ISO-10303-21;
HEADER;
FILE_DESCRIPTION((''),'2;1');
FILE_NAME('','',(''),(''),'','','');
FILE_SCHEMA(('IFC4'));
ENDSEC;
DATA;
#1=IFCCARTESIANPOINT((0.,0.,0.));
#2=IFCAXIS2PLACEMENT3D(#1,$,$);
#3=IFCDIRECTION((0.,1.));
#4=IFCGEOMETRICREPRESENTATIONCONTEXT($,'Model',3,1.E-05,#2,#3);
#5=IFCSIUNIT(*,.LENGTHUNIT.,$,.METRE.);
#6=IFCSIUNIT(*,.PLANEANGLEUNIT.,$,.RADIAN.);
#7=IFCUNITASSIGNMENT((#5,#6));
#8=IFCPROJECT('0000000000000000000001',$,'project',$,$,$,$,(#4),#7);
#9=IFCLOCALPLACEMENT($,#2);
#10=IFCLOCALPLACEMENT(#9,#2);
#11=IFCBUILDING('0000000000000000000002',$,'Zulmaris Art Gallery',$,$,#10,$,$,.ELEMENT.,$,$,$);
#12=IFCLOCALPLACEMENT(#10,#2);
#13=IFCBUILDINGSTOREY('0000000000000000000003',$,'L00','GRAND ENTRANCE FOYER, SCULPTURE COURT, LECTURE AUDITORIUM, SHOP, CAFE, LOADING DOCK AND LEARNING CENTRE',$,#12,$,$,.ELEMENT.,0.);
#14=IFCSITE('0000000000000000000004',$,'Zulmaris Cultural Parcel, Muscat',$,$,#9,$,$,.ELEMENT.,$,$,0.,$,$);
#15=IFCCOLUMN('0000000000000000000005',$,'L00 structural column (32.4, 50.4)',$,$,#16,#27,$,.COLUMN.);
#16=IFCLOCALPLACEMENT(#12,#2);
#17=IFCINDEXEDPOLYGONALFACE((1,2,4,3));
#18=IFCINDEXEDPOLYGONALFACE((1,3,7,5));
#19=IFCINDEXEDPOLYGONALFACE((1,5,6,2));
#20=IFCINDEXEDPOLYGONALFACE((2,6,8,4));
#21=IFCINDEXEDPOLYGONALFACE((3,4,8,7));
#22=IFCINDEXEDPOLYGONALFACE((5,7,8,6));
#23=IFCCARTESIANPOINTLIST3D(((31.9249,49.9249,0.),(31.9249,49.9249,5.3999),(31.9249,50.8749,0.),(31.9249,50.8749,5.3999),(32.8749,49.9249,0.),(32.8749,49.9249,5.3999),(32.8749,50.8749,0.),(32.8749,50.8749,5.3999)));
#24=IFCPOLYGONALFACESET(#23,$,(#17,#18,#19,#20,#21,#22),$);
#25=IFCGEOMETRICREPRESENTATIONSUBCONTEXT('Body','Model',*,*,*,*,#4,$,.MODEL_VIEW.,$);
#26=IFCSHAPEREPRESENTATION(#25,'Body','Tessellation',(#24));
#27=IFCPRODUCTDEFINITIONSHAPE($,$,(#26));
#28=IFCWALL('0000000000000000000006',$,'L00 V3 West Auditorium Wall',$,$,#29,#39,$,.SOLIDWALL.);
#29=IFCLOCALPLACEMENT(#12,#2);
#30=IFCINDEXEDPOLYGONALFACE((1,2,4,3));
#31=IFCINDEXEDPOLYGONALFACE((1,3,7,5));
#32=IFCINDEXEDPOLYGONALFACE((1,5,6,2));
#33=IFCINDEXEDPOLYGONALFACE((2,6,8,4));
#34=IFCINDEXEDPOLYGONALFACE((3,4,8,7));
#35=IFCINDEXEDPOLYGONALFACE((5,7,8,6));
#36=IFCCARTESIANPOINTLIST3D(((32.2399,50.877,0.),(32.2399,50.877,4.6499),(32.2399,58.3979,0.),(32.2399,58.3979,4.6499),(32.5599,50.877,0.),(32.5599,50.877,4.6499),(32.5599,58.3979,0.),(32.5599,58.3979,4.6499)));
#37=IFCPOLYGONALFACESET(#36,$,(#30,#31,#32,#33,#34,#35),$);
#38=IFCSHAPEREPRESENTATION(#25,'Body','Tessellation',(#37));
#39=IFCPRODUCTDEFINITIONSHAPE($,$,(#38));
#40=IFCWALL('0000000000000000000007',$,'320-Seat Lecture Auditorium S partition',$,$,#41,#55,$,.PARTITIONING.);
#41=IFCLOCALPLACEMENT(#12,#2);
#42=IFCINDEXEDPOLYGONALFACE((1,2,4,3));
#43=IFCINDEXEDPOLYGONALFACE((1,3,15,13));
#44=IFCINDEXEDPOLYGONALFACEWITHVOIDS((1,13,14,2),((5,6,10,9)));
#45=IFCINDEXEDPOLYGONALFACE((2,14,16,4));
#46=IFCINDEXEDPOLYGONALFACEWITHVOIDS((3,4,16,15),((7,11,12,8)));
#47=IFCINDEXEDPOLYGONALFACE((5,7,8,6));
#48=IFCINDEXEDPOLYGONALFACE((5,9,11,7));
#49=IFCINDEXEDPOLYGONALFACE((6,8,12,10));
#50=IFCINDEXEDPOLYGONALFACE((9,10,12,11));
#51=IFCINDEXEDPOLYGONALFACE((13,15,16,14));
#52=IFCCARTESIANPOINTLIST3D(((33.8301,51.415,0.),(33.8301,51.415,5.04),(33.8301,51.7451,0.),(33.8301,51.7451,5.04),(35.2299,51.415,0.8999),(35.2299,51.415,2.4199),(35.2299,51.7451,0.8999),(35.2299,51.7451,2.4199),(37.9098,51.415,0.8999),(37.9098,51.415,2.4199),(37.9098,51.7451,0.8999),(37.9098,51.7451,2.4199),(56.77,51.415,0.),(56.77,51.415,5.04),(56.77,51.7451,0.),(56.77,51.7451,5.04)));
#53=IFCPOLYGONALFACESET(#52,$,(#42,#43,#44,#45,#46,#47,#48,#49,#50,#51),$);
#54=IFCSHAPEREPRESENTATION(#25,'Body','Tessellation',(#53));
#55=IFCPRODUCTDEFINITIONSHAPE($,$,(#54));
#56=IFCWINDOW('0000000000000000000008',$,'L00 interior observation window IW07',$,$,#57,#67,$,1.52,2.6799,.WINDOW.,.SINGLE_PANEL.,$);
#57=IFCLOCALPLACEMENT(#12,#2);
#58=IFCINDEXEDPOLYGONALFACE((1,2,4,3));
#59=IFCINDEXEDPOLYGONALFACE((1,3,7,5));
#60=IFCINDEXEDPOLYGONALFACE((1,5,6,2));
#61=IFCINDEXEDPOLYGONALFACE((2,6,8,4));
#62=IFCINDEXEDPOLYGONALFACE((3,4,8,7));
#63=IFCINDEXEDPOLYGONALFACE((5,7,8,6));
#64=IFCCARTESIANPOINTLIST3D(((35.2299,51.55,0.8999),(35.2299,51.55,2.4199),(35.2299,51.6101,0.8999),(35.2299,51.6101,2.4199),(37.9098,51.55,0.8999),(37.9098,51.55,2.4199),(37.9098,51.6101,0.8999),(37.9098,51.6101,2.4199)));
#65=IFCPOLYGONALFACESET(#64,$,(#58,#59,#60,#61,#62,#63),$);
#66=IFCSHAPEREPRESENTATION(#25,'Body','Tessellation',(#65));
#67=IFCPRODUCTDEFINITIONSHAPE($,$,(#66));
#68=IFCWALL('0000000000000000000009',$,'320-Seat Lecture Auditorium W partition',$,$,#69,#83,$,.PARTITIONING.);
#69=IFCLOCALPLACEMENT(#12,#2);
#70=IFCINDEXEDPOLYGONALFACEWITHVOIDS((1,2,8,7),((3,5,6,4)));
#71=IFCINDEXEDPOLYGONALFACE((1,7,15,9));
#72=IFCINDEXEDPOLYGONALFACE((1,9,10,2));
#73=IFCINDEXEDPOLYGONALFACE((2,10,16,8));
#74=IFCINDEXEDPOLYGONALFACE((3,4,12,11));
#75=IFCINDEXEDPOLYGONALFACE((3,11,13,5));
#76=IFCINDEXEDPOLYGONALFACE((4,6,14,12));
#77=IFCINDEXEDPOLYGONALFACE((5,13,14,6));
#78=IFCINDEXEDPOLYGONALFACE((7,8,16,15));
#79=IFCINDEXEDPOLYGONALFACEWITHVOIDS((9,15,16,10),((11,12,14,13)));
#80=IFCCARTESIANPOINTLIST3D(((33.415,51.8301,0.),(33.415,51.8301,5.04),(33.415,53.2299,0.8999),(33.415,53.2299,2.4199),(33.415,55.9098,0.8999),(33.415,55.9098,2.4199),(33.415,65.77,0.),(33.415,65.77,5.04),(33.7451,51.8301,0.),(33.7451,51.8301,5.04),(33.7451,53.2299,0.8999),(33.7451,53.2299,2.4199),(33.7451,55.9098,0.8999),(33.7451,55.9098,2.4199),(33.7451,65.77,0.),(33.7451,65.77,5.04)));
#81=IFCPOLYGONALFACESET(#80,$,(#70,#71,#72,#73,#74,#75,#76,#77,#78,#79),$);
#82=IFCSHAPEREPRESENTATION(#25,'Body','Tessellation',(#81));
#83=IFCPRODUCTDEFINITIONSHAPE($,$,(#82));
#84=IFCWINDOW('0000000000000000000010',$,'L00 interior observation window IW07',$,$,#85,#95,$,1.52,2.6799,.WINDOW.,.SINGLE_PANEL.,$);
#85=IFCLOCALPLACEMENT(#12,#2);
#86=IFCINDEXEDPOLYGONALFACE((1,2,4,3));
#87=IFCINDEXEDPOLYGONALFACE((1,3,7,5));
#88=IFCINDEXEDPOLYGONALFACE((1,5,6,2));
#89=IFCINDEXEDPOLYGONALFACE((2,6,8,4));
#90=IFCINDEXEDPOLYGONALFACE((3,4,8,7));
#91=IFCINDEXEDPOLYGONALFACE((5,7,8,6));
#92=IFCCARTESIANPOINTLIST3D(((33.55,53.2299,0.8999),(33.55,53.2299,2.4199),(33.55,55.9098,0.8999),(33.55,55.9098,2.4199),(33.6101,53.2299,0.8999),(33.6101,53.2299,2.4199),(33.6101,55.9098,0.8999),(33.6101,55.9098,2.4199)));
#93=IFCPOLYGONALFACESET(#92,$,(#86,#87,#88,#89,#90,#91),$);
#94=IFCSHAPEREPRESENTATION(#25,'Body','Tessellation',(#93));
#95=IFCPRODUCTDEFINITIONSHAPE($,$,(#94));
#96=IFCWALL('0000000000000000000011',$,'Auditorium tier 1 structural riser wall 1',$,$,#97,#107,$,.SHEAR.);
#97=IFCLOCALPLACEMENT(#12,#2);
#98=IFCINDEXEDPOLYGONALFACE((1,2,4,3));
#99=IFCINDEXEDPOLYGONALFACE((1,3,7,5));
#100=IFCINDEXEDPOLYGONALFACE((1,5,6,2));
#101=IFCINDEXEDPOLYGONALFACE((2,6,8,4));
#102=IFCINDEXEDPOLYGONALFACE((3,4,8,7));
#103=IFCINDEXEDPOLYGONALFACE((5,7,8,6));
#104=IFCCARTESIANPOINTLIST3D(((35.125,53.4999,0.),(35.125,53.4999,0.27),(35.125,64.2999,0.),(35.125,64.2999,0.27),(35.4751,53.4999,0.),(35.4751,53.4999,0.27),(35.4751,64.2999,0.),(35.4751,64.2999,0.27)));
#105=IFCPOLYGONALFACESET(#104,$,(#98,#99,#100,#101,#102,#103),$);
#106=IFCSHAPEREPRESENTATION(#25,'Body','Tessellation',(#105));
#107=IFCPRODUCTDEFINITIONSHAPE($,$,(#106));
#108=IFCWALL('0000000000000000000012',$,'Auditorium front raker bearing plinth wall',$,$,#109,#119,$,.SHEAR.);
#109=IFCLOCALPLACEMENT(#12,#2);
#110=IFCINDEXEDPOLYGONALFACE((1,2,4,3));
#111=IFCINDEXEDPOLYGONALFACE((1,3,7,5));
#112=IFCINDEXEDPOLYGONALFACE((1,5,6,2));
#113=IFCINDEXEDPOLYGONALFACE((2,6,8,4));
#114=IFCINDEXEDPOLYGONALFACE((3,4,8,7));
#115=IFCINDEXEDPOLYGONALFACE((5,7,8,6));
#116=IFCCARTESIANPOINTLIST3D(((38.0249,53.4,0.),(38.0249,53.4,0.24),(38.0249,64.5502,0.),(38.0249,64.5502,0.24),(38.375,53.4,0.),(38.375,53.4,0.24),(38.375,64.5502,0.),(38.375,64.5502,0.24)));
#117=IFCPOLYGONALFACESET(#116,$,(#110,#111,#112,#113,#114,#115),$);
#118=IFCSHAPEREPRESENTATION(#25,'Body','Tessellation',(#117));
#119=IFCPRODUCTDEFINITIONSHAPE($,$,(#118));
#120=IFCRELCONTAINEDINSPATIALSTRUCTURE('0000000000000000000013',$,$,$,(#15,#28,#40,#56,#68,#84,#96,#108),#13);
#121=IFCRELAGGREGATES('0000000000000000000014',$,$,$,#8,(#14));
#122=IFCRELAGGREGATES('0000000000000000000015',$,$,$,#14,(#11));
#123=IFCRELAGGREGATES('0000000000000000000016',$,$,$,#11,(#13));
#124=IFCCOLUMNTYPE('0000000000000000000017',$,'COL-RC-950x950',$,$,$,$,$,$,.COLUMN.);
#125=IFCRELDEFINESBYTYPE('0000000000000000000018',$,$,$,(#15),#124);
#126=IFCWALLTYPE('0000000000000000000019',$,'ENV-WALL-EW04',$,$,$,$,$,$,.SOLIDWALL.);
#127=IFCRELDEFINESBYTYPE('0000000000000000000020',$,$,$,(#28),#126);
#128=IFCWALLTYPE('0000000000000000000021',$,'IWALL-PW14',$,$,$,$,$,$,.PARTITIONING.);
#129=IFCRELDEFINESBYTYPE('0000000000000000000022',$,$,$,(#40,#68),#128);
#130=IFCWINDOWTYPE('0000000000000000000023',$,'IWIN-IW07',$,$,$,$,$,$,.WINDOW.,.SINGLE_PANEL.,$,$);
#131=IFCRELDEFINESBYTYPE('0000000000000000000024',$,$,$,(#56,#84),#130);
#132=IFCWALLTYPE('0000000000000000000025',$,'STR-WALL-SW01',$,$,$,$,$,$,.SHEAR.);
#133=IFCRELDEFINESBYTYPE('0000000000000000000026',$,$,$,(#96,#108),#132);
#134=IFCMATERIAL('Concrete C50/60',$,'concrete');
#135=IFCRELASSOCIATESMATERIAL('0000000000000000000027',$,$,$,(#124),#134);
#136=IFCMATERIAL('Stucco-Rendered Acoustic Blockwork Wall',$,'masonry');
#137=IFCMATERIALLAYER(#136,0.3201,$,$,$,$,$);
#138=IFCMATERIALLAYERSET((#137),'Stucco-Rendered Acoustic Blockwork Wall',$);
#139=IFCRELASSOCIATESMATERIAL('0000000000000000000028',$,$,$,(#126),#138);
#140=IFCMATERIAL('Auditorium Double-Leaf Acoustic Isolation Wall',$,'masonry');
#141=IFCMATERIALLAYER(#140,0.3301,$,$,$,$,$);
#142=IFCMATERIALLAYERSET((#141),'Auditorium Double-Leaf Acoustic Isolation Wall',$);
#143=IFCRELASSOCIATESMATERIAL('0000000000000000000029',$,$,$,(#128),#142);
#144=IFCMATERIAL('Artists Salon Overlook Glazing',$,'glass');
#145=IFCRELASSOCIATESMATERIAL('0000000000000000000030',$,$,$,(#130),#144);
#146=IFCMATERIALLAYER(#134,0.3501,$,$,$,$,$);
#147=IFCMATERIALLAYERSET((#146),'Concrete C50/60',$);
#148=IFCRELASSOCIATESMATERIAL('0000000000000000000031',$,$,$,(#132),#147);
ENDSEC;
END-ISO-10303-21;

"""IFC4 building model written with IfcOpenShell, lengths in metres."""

from ifc_helpers import new_model, si_unit, direction, frame, frame_2d, origin, origin_2d, place, context, subcontext, project, spatial, rectangle, extrude, material, layer, layer_set, material_profile, profile_set, type_object, element, fill, save


model = new_model("IFC4")

# Units and contexts
model_context = context("Model", 3, precision=1e-05, world=origin(), true_north=direction((0.0, 1.0)))
body_context = subcontext(model_context, "Body", "Model", "MODEL_VIEW")
ifc_project = project(units=[si_unit("LENGTHUNIT", "METRE"), si_unit("PLANEANGLEUNIT", "RADIAN")], contexts=[model_context])

# Site, building, storey
site_placement = place(None, origin())
site = spatial("IfcSite", under=ifc_project, at=site_placement, Name="Zulmaris Cultural Parcel, Muscat", CompositionType="ELEMENT", RefElevation=0.0)
building_placement = place(site_placement, origin())
building = spatial("IfcBuilding", under=site, at=building_placement, Name="Zulmaris Art Gallery", CompositionType="ELEMENT")
storey_placement = place(building_placement, origin())
storey = spatial("IfcBuildingStorey", under=building, at=storey_placement, Name="L00", Description="GRAND ENTRANCE FOYER, SCULPTURE COURT, LECTURE AUDITORIUM, SHOP, CAFE, LOADING DOCK AND LEARNING CENTRE", CompositionType="ELEMENT", Elevation=0.0)

# Column
ifc_material_1 = material(Name="Concrete C50/60", Category="concrete")
ifc_material_profile_1 = material_profile(ifc_material_1, rectangle(XDim=0.95, YDim=0.95, at=origin_2d()), Name="RC 950x950")
ifc_profile_set_1 = profile_set([ifc_material_profile_1], Name="Concrete C50/60")
column_type_1 = type_object("IfcColumnType", Name="COL-RC-950x950", PredefinedType="COLUMN", material=ifc_profile_set_1)
column_placement = place(storey_placement, frame((32.3999, 50.3999, 0.0), z_axis=(0.0, 0.0, 1.0), x_axis=(1.0, 0.0, 0.0)))
element("IfcColumn", 1, at=column_placement, inside=storey, type_object=column_type_1, Name="L00 structural column (32.4, 50.4)", PredefinedType="COLUMN", context=body_context, shape_type="SweptSolid", body=[
    extrude(rectangle(XDim=0.95, YDim=0.95, at=origin_2d()), origin(), (0.0, 0.0, 1.0), 5.3999),
])

# Wall
ifc_material_2 = material(Name="Stucco-Rendered Acoustic Blockwork Wall", Category="masonry")
ifc_layer_1 = layer(ifc_material_2, 0.3201)
ifc_layer_set_1 = layer_set([ifc_layer_1], Name="Stucco-Rendered Acoustic Blockwork Wall")
wall_type_1 = type_object("IfcWallType", Name="ENV-WALL-EW04", PredefinedType="SOLIDWALL", material=ifc_layer_set_1)
wall_1_placement = place(storey_placement, frame((32.3999, 50.877, 0.0), z_axis=(0.0, 0.0, 1.0), x_axis=(0.0, 1.0, 0.0)))
element("IfcWall", 2, at=wall_1_placement, inside=storey, type_object=wall_type_1, Name="L00 V3 West Auditorium Wall", PredefinedType="SOLIDWALL", context=body_context, shape_type="SweptSolid", body=[
    extrude(rectangle(XDim=7.521, YDim=0.3201, at=frame_2d((3.7605, 0.0))), origin(), (0.0, 0.0, 1.0), 4.6499),
])

# Walls, openings, windows
ifc_material_3 = material(Name="Auditorium Double-Leaf Acoustic Isolation Wall", Category="masonry")
ifc_layer_2 = layer(ifc_material_3, 0.3301)
ifc_layer_set_2 = layer_set([ifc_layer_2], Name="Auditorium Double-Leaf Acoustic Isolation Wall")
wall_type_2 = type_object("IfcWallType", Name="IWALL-PW14", PredefinedType="PARTITIONING", material=ifc_layer_set_2)
wall_2_placement = place(storey_placement, frame((33.8301, 51.5801, 0.0), z_axis=(0.0, 0.0, 1.0), x_axis=(1.0, 0.0, 0.0)))
wall_2 = element("IfcWall", 3, at=wall_2_placement, inside=storey, type_object=wall_type_2, Name="320-Seat Lecture Auditorium S partition", PredefinedType="PARTITIONING", context=body_context, shape_type="SweptSolid", body=[
    extrude(rectangle(XDim=22.9399, YDim=0.3301, at=frame_2d((11.47, 0.0))), origin(), (0.0, 0.0, 1.0), 5.04),
])
opening_1_placement = place(wall_2_placement, frame((1.3999, 0.0, 0.8999)))
opening_1 = element("IfcOpeningElement", 4, at=opening_1_placement, cuts=wall_2, PredefinedType="OPENING", context=body_context, shape_type="SweptSolid", body=[
    extrude(rectangle(XDim=2.6799, YDim=1.52, at=frame_2d((1.3398, 0.76))), frame((0.0, 0.175, 0.0), z_axis=(0.0, -1.0, 0.0), x_axis=(1.0, 0.0, 0.0)), (0.0, 0.0, 1.0), 0.3501),
])
ifc_material_4 = material(Name="Artists Salon Overlook Glazing", Category="glass")
window_type = type_object("IfcWindowType", Name="IWIN-IW07", PartitioningType="SINGLE_PANEL", PredefinedType="WINDOW", material=ifc_material_4)
window_1_placement = place(opening_1_placement, origin())
window_1 = element("IfcWindow", 5, at=window_1_placement, inside=storey, type_object=window_type, Name="L00 interior observation window IW07", OverallHeight=1.52, OverallWidth=2.6799, PartitioningType="SINGLE_PANEL", PredefinedType="WINDOW", context=body_context, shape_type="SweptSolid", body=[
    extrude(rectangle(XDim=2.6799, YDim=1.52, at=frame_2d((1.3398, 0.76))), frame((0.0, 0.03, 0.0), z_axis=(0.0, -1.0, 0.0), x_axis=(1.0, 0.0, 0.0)), (0.0, 0.0, 1.0), 0.0601),
])
fill(opening_1, window_1)
wall_3_placement = place(storey_placement, frame((33.5801, 51.8301, 0.0), z_axis=(0.0, 0.0, 1.0), x_axis=(0.0, 1.0, 0.0)))
wall_3 = element("IfcWall", 6, at=wall_3_placement, inside=storey, type_object=wall_type_2, Name="320-Seat Lecture Auditorium W partition", PredefinedType="PARTITIONING", context=body_context, shape_type="SweptSolid", body=[
    extrude(rectangle(XDim=13.9399, YDim=0.3301, at=frame_2d((6.97, 0.0))), origin(), (0.0, 0.0, 1.0), 5.04),
])
opening_2_placement = place(wall_3_placement, frame((1.3999, 0.0, 0.8999)))
opening_2 = element("IfcOpeningElement", 7, at=opening_2_placement, cuts=wall_3, PredefinedType="OPENING", context=body_context, shape_type="SweptSolid", body=[
    extrude(rectangle(XDim=2.6799, YDim=1.52, at=frame_2d((1.3398, 0.76))), frame((0.0, 0.175, 0.0), z_axis=(0.0, -1.0, 0.0), x_axis=(1.0, 0.0, 0.0)), (0.0, 0.0, 1.0), 0.3501),
])
window_2_placement = place(opening_2_placement, origin())
window_2 = element("IfcWindow", 8, at=window_2_placement, inside=storey, type_object=window_type, Name="L00 interior observation window IW07", OverallHeight=1.52, OverallWidth=2.6799, PartitioningType="SINGLE_PANEL", PredefinedType="WINDOW", context=body_context, shape_type="SweptSolid", body=[
    extrude(rectangle(XDim=2.6799, YDim=1.52, at=frame_2d((1.3398, 0.76))), frame((0.0, 0.03, 0.0), z_axis=(0.0, -1.0, 0.0), x_axis=(1.0, 0.0, 0.0)), (0.0, 0.0, 1.0), 0.0601),
])
fill(opening_2, window_2)

# Walls
ifc_layer_3 = layer(ifc_material_1, 0.3501)
ifc_layer_set_3 = layer_set([ifc_layer_3], Name="Concrete C50/60")
wall_type_3 = type_object("IfcWallType", Name="STR-WALL-SW01", PredefinedType="SHEAR", material=ifc_layer_set_3)
wall_4_placement = place(storey_placement, frame((35.3, 53.5, 0.0), z_axis=(0.0, 0.0, 1.0), x_axis=(0.0, 1.0, 0.0)))
element("IfcWall", 9, at=wall_4_placement, inside=storey, type_object=wall_type_3, Name="Auditorium tier 1 structural riser wall 1", PredefinedType="SHEAR", context=body_context, shape_type="SweptSolid", body=[
    extrude(rectangle(XDim=10.8, YDim=0.3501, at=frame_2d((5.3999, 0.0))), origin(), (0.0, 0.0, 1.0), 0.27),
])
wall_5_placement = place(storey_placement, frame((38.2, 53.3999, 0.0), z_axis=(0.0, 0.0, 1.0), x_axis=(0.0, 1.0, 0.0)))
element("IfcWall", 10, at=wall_5_placement, inside=storey, type_object=wall_type_3, Name="Auditorium front raker bearing plinth wall", PredefinedType="SHEAR", context=body_context, shape_type="SweptSolid", body=[
    extrude(rectangle(XDim=11.1501, YDim=0.3501, at=frame_2d((5.5752, 0.0))), origin(), (0.0, 0.0, 1.0), 0.24),
])

save(model, "model.ifc")
